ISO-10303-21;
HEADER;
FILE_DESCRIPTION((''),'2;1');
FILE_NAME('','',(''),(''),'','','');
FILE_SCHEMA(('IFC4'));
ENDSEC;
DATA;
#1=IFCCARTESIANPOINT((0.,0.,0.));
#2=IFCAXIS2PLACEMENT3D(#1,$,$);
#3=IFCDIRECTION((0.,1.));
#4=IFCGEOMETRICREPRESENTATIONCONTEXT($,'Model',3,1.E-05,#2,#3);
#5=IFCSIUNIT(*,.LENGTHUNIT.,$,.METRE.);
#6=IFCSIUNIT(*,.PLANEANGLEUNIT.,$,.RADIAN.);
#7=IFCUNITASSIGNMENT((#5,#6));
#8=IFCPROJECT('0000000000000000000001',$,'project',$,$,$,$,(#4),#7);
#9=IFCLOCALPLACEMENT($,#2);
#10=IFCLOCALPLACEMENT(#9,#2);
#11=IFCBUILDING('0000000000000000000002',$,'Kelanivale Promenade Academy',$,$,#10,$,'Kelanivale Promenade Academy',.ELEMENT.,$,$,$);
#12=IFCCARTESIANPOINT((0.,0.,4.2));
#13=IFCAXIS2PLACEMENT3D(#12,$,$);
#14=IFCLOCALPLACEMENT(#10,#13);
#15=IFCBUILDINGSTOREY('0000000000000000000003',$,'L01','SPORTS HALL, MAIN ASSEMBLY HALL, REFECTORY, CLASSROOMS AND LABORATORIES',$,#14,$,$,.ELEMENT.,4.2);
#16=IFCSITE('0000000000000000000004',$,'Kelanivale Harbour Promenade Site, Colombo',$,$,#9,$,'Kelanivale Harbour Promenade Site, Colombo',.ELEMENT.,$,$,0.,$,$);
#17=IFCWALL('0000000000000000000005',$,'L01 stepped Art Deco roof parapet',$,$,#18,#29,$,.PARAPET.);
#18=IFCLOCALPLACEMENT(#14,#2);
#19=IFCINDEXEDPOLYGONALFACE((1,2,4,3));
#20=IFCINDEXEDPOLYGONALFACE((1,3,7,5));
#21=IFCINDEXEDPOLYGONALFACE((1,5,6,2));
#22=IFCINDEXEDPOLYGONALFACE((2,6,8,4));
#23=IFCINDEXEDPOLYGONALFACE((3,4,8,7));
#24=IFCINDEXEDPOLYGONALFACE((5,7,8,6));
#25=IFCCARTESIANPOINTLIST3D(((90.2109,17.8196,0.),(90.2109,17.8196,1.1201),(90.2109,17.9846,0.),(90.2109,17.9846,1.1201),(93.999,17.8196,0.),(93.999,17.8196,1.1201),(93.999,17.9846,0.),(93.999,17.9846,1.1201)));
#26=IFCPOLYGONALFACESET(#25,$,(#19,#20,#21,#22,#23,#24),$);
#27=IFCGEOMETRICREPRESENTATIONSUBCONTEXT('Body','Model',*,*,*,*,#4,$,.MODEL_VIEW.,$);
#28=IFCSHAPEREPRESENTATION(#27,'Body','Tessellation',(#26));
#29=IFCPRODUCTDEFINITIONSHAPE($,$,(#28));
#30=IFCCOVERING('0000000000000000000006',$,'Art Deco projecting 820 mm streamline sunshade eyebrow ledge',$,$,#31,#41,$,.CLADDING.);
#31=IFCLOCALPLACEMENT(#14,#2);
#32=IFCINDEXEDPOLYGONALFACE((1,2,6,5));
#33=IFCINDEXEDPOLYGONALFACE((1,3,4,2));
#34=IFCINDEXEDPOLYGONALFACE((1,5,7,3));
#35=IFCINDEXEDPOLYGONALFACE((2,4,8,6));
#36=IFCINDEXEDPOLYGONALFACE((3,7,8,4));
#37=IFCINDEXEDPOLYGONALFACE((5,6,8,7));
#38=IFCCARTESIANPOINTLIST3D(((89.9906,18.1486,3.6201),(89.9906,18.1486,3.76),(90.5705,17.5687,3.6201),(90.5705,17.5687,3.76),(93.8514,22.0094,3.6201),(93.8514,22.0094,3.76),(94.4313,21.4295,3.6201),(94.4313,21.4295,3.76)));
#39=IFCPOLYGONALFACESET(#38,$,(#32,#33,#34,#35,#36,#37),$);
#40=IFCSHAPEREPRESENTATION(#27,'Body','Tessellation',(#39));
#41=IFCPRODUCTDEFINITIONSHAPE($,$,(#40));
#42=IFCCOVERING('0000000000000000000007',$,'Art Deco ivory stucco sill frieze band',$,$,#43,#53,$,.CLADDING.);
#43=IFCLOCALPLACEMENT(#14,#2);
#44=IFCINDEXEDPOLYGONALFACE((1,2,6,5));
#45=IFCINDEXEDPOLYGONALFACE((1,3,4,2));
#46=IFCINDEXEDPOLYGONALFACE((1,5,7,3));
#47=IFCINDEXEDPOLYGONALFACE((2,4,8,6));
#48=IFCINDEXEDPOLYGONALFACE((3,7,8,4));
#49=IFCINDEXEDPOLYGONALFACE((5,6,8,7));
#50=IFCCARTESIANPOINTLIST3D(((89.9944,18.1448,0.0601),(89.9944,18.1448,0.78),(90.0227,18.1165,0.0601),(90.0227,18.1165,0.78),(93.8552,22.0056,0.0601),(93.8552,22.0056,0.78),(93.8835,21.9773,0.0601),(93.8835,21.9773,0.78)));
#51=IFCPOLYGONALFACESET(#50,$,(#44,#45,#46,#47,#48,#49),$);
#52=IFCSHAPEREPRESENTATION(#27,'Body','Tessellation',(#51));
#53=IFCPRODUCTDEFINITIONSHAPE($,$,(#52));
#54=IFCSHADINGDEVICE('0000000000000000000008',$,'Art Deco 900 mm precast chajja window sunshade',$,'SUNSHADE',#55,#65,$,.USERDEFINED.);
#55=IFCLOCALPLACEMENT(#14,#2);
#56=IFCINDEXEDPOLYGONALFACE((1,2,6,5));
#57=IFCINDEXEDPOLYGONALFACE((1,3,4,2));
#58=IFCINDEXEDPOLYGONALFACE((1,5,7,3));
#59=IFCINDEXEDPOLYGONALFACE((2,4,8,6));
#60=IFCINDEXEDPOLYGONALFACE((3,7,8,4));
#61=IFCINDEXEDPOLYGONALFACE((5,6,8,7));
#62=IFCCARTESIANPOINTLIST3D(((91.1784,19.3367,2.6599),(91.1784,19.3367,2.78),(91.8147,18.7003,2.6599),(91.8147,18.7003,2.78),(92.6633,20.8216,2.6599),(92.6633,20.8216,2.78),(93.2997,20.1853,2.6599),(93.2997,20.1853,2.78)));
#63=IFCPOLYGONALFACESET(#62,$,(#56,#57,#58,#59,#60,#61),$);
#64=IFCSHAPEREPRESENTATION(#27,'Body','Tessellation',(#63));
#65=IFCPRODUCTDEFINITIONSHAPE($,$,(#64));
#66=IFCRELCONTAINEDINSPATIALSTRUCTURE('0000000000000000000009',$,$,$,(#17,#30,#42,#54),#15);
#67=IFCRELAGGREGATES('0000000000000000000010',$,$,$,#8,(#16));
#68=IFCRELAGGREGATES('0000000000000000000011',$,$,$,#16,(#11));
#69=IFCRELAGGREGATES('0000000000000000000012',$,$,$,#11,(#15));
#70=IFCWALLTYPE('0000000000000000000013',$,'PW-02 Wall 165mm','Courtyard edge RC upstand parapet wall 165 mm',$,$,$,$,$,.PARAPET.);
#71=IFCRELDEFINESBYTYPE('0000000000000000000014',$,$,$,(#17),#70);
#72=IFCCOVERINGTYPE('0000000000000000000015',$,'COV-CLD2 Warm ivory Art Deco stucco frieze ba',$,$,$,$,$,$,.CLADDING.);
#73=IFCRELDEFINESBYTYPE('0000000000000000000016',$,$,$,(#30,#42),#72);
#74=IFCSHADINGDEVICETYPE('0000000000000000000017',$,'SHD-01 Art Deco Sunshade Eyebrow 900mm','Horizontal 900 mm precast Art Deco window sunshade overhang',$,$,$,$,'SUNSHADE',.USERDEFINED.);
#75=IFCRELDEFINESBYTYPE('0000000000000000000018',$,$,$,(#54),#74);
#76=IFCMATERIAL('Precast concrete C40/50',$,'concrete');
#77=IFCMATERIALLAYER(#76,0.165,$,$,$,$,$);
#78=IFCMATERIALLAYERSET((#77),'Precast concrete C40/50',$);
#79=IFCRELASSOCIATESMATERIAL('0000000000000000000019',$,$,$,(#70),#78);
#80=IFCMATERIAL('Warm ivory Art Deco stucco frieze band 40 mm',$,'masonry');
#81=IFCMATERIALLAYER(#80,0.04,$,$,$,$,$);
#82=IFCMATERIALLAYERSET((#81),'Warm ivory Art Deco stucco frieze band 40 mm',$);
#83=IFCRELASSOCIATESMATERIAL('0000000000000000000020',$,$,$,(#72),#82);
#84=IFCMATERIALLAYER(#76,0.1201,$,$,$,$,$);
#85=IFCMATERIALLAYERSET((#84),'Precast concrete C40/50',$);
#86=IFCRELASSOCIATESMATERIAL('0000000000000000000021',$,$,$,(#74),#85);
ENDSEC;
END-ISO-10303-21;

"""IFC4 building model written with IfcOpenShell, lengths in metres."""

from ifc_helpers import new_model, si_unit, direction, frame, frame_2d, origin, origin_2d, place, context, subcontext, project, spatial, rectangle, extrude, material, layer, layer_set, type_object, element, save


model = new_model("IFC4")

# Units and contexts
model_context = context("Model", 3, precision=1e-05, world=origin(), true_north=direction((0.0, 1.0)))
body_context = subcontext(model_context, "Body", "Model", "MODEL_VIEW")
ifc_project = project(units=[si_unit("LENGTHUNIT", "METRE"), si_unit("PLANEANGLEUNIT", "RADIAN")], contexts=[model_context])

# Site, building, storey
site_placement = place(None, origin())
site = spatial("IfcSite", under=ifc_project, at=site_placement, Name="Kelanivale Harbour Promenade Site, Colombo", LongName="Kelanivale Harbour Promenade Site, Colombo", CompositionType="ELEMENT", RefElevation=0.0)
building_placement = place(site_placement, origin())
building = spatial("IfcBuilding", under=site, at=building_placement, Name="Kelanivale Promenade Academy", LongName="Kelanivale Promenade Academy", CompositionType="ELEMENT")
storey_placement = place(building_placement, frame((0.0, 0.0, 4.2)))
storey = spatial("IfcBuildingStorey", under=building, at=storey_placement, Name="L01", Description="SPORTS HALL, MAIN ASSEMBLY HALL, REFECTORY, CLASSROOMS AND LABORATORIES", CompositionType="ELEMENT", Elevation=4.2)

# Wall
ifc_material_1 = material(Name="Precast concrete C40/50", Category="concrete")
ifc_layer_1 = layer(ifc_material_1, 0.165)
ifc_layer_set_1 = layer_set([ifc_layer_1], Name="Precast concrete C40/50")
wall_type_1 = type_object("IfcWallType", Name="PW-02 Wall 165mm", Description="Courtyard edge RC upstand parapet wall 165 mm", PredefinedType="PARAPET", material=ifc_layer_set_1)
wall_1_placement = place(storey_placement, frame((93.999, 17.9021, 0.0), z_axis=(0.0, 0.0, 1.0), x_axis=(-1.0, 0.0, 0.0)))
element("IfcWall", 1, at=wall_1_placement, inside=storey, type_object=wall_type_1, Name="L01 stepped Art Deco roof parapet", PredefinedType="PARAPET", context=body_context, shape_type="SweptSolid", body=[
    extrude(rectangle(XDim=3.7881, YDim=0.165, at=frame_2d((1.894, 0.0))), origin(), (0.0, 0.0, 1.0), 1.1201),
])

# Coverings
ifc_material_2 = material(Name="Warm ivory Art Deco stucco frieze band 40 mm", Category="masonry")
ifc_layer_2 = layer(ifc_material_2, 0.04)
ifc_layer_set_2 = layer_set([ifc_layer_2], Name="Warm ivory Art Deco stucco frieze band 40 mm")
covering_type = type_object("IfcCoveringType", Name="COV-CLD2 Warm ivory Art Deco stucco frieze ba", PredefinedType="CLADDING", material=ifc_layer_set_2)
covering_1_placement = place(storey_placement, frame((92.2109, 19.7891, 3.6201), z_axis=(0.0, 0.0, 1.0), x_axis=(0.707107, 0.707107, 0.0)))
element("IfcCovering", 2, at=covering_1_placement, inside=storey, type_object=covering_type, Name="Art Deco projecting 820 mm streamline sunshade eyebrow ledge", PredefinedType="CLADDING", context=body_context, shape_type="SweptSolid", body=[
    extrude(rectangle(XDim=5.46, YDim=0.8201, at=origin_2d()), origin(), (0.0, 0.0, 1.0), 0.1399),
])
covering_2_placement = place(storey_placement, frame((91.939, 20.061, 0.0601), z_axis=(0.0, 0.0, 1.0), x_axis=(0.707107, 0.707107, 0.0)))
element("IfcCovering", 3, at=covering_2_placement, inside=storey, type_object=covering_type, Name="Art Deco ivory stucco sill frieze band", PredefinedType="CLADDING", context=body_context, shape_type="SweptSolid", body=[
    extrude(rectangle(XDim=5.46, YDim=0.04, at=origin_2d()), origin(), (0.0, 0.0, 1.0), 0.72),
])

# Shading device
ifc_layer_3 = layer(ifc_material_1, 0.1201)
ifc_layer_set_3 = layer_set([ifc_layer_3], Name="Precast concrete C40/50")
shading_device_type = type_object("IfcShadingDeviceType", Name="SHD-01 Art Deco Sunshade Eyebrow 900mm", Description="Horizontal 900 mm precast Art Deco window sunshade overhang", ElementType="SUNSHADE", PredefinedType="USERDEFINED", material=ifc_layer_set_3)
shading_device_placement = place(storey_placement, frame((92.239, 19.761, 2.6599), z_axis=(0.0, 0.0, 1.0), x_axis=(0.707107, 0.707107, 0.0)))
element("IfcShadingDevice", 4, at=shading_device_placement, inside=storey, type_object=shading_device_type, Name="Art Deco 900 mm precast chajja window sunshade", ObjectType="SUNSHADE", PredefinedType="USERDEFINED", context=body_context, shape_type="SweptSolid", body=[
    extrude(rectangle(XDim=2.1001, YDim=0.8999, at=origin_2d()), origin(), (0.0, 0.0, 1.0), 0.1201),
])

save(model, "model.ifc")
